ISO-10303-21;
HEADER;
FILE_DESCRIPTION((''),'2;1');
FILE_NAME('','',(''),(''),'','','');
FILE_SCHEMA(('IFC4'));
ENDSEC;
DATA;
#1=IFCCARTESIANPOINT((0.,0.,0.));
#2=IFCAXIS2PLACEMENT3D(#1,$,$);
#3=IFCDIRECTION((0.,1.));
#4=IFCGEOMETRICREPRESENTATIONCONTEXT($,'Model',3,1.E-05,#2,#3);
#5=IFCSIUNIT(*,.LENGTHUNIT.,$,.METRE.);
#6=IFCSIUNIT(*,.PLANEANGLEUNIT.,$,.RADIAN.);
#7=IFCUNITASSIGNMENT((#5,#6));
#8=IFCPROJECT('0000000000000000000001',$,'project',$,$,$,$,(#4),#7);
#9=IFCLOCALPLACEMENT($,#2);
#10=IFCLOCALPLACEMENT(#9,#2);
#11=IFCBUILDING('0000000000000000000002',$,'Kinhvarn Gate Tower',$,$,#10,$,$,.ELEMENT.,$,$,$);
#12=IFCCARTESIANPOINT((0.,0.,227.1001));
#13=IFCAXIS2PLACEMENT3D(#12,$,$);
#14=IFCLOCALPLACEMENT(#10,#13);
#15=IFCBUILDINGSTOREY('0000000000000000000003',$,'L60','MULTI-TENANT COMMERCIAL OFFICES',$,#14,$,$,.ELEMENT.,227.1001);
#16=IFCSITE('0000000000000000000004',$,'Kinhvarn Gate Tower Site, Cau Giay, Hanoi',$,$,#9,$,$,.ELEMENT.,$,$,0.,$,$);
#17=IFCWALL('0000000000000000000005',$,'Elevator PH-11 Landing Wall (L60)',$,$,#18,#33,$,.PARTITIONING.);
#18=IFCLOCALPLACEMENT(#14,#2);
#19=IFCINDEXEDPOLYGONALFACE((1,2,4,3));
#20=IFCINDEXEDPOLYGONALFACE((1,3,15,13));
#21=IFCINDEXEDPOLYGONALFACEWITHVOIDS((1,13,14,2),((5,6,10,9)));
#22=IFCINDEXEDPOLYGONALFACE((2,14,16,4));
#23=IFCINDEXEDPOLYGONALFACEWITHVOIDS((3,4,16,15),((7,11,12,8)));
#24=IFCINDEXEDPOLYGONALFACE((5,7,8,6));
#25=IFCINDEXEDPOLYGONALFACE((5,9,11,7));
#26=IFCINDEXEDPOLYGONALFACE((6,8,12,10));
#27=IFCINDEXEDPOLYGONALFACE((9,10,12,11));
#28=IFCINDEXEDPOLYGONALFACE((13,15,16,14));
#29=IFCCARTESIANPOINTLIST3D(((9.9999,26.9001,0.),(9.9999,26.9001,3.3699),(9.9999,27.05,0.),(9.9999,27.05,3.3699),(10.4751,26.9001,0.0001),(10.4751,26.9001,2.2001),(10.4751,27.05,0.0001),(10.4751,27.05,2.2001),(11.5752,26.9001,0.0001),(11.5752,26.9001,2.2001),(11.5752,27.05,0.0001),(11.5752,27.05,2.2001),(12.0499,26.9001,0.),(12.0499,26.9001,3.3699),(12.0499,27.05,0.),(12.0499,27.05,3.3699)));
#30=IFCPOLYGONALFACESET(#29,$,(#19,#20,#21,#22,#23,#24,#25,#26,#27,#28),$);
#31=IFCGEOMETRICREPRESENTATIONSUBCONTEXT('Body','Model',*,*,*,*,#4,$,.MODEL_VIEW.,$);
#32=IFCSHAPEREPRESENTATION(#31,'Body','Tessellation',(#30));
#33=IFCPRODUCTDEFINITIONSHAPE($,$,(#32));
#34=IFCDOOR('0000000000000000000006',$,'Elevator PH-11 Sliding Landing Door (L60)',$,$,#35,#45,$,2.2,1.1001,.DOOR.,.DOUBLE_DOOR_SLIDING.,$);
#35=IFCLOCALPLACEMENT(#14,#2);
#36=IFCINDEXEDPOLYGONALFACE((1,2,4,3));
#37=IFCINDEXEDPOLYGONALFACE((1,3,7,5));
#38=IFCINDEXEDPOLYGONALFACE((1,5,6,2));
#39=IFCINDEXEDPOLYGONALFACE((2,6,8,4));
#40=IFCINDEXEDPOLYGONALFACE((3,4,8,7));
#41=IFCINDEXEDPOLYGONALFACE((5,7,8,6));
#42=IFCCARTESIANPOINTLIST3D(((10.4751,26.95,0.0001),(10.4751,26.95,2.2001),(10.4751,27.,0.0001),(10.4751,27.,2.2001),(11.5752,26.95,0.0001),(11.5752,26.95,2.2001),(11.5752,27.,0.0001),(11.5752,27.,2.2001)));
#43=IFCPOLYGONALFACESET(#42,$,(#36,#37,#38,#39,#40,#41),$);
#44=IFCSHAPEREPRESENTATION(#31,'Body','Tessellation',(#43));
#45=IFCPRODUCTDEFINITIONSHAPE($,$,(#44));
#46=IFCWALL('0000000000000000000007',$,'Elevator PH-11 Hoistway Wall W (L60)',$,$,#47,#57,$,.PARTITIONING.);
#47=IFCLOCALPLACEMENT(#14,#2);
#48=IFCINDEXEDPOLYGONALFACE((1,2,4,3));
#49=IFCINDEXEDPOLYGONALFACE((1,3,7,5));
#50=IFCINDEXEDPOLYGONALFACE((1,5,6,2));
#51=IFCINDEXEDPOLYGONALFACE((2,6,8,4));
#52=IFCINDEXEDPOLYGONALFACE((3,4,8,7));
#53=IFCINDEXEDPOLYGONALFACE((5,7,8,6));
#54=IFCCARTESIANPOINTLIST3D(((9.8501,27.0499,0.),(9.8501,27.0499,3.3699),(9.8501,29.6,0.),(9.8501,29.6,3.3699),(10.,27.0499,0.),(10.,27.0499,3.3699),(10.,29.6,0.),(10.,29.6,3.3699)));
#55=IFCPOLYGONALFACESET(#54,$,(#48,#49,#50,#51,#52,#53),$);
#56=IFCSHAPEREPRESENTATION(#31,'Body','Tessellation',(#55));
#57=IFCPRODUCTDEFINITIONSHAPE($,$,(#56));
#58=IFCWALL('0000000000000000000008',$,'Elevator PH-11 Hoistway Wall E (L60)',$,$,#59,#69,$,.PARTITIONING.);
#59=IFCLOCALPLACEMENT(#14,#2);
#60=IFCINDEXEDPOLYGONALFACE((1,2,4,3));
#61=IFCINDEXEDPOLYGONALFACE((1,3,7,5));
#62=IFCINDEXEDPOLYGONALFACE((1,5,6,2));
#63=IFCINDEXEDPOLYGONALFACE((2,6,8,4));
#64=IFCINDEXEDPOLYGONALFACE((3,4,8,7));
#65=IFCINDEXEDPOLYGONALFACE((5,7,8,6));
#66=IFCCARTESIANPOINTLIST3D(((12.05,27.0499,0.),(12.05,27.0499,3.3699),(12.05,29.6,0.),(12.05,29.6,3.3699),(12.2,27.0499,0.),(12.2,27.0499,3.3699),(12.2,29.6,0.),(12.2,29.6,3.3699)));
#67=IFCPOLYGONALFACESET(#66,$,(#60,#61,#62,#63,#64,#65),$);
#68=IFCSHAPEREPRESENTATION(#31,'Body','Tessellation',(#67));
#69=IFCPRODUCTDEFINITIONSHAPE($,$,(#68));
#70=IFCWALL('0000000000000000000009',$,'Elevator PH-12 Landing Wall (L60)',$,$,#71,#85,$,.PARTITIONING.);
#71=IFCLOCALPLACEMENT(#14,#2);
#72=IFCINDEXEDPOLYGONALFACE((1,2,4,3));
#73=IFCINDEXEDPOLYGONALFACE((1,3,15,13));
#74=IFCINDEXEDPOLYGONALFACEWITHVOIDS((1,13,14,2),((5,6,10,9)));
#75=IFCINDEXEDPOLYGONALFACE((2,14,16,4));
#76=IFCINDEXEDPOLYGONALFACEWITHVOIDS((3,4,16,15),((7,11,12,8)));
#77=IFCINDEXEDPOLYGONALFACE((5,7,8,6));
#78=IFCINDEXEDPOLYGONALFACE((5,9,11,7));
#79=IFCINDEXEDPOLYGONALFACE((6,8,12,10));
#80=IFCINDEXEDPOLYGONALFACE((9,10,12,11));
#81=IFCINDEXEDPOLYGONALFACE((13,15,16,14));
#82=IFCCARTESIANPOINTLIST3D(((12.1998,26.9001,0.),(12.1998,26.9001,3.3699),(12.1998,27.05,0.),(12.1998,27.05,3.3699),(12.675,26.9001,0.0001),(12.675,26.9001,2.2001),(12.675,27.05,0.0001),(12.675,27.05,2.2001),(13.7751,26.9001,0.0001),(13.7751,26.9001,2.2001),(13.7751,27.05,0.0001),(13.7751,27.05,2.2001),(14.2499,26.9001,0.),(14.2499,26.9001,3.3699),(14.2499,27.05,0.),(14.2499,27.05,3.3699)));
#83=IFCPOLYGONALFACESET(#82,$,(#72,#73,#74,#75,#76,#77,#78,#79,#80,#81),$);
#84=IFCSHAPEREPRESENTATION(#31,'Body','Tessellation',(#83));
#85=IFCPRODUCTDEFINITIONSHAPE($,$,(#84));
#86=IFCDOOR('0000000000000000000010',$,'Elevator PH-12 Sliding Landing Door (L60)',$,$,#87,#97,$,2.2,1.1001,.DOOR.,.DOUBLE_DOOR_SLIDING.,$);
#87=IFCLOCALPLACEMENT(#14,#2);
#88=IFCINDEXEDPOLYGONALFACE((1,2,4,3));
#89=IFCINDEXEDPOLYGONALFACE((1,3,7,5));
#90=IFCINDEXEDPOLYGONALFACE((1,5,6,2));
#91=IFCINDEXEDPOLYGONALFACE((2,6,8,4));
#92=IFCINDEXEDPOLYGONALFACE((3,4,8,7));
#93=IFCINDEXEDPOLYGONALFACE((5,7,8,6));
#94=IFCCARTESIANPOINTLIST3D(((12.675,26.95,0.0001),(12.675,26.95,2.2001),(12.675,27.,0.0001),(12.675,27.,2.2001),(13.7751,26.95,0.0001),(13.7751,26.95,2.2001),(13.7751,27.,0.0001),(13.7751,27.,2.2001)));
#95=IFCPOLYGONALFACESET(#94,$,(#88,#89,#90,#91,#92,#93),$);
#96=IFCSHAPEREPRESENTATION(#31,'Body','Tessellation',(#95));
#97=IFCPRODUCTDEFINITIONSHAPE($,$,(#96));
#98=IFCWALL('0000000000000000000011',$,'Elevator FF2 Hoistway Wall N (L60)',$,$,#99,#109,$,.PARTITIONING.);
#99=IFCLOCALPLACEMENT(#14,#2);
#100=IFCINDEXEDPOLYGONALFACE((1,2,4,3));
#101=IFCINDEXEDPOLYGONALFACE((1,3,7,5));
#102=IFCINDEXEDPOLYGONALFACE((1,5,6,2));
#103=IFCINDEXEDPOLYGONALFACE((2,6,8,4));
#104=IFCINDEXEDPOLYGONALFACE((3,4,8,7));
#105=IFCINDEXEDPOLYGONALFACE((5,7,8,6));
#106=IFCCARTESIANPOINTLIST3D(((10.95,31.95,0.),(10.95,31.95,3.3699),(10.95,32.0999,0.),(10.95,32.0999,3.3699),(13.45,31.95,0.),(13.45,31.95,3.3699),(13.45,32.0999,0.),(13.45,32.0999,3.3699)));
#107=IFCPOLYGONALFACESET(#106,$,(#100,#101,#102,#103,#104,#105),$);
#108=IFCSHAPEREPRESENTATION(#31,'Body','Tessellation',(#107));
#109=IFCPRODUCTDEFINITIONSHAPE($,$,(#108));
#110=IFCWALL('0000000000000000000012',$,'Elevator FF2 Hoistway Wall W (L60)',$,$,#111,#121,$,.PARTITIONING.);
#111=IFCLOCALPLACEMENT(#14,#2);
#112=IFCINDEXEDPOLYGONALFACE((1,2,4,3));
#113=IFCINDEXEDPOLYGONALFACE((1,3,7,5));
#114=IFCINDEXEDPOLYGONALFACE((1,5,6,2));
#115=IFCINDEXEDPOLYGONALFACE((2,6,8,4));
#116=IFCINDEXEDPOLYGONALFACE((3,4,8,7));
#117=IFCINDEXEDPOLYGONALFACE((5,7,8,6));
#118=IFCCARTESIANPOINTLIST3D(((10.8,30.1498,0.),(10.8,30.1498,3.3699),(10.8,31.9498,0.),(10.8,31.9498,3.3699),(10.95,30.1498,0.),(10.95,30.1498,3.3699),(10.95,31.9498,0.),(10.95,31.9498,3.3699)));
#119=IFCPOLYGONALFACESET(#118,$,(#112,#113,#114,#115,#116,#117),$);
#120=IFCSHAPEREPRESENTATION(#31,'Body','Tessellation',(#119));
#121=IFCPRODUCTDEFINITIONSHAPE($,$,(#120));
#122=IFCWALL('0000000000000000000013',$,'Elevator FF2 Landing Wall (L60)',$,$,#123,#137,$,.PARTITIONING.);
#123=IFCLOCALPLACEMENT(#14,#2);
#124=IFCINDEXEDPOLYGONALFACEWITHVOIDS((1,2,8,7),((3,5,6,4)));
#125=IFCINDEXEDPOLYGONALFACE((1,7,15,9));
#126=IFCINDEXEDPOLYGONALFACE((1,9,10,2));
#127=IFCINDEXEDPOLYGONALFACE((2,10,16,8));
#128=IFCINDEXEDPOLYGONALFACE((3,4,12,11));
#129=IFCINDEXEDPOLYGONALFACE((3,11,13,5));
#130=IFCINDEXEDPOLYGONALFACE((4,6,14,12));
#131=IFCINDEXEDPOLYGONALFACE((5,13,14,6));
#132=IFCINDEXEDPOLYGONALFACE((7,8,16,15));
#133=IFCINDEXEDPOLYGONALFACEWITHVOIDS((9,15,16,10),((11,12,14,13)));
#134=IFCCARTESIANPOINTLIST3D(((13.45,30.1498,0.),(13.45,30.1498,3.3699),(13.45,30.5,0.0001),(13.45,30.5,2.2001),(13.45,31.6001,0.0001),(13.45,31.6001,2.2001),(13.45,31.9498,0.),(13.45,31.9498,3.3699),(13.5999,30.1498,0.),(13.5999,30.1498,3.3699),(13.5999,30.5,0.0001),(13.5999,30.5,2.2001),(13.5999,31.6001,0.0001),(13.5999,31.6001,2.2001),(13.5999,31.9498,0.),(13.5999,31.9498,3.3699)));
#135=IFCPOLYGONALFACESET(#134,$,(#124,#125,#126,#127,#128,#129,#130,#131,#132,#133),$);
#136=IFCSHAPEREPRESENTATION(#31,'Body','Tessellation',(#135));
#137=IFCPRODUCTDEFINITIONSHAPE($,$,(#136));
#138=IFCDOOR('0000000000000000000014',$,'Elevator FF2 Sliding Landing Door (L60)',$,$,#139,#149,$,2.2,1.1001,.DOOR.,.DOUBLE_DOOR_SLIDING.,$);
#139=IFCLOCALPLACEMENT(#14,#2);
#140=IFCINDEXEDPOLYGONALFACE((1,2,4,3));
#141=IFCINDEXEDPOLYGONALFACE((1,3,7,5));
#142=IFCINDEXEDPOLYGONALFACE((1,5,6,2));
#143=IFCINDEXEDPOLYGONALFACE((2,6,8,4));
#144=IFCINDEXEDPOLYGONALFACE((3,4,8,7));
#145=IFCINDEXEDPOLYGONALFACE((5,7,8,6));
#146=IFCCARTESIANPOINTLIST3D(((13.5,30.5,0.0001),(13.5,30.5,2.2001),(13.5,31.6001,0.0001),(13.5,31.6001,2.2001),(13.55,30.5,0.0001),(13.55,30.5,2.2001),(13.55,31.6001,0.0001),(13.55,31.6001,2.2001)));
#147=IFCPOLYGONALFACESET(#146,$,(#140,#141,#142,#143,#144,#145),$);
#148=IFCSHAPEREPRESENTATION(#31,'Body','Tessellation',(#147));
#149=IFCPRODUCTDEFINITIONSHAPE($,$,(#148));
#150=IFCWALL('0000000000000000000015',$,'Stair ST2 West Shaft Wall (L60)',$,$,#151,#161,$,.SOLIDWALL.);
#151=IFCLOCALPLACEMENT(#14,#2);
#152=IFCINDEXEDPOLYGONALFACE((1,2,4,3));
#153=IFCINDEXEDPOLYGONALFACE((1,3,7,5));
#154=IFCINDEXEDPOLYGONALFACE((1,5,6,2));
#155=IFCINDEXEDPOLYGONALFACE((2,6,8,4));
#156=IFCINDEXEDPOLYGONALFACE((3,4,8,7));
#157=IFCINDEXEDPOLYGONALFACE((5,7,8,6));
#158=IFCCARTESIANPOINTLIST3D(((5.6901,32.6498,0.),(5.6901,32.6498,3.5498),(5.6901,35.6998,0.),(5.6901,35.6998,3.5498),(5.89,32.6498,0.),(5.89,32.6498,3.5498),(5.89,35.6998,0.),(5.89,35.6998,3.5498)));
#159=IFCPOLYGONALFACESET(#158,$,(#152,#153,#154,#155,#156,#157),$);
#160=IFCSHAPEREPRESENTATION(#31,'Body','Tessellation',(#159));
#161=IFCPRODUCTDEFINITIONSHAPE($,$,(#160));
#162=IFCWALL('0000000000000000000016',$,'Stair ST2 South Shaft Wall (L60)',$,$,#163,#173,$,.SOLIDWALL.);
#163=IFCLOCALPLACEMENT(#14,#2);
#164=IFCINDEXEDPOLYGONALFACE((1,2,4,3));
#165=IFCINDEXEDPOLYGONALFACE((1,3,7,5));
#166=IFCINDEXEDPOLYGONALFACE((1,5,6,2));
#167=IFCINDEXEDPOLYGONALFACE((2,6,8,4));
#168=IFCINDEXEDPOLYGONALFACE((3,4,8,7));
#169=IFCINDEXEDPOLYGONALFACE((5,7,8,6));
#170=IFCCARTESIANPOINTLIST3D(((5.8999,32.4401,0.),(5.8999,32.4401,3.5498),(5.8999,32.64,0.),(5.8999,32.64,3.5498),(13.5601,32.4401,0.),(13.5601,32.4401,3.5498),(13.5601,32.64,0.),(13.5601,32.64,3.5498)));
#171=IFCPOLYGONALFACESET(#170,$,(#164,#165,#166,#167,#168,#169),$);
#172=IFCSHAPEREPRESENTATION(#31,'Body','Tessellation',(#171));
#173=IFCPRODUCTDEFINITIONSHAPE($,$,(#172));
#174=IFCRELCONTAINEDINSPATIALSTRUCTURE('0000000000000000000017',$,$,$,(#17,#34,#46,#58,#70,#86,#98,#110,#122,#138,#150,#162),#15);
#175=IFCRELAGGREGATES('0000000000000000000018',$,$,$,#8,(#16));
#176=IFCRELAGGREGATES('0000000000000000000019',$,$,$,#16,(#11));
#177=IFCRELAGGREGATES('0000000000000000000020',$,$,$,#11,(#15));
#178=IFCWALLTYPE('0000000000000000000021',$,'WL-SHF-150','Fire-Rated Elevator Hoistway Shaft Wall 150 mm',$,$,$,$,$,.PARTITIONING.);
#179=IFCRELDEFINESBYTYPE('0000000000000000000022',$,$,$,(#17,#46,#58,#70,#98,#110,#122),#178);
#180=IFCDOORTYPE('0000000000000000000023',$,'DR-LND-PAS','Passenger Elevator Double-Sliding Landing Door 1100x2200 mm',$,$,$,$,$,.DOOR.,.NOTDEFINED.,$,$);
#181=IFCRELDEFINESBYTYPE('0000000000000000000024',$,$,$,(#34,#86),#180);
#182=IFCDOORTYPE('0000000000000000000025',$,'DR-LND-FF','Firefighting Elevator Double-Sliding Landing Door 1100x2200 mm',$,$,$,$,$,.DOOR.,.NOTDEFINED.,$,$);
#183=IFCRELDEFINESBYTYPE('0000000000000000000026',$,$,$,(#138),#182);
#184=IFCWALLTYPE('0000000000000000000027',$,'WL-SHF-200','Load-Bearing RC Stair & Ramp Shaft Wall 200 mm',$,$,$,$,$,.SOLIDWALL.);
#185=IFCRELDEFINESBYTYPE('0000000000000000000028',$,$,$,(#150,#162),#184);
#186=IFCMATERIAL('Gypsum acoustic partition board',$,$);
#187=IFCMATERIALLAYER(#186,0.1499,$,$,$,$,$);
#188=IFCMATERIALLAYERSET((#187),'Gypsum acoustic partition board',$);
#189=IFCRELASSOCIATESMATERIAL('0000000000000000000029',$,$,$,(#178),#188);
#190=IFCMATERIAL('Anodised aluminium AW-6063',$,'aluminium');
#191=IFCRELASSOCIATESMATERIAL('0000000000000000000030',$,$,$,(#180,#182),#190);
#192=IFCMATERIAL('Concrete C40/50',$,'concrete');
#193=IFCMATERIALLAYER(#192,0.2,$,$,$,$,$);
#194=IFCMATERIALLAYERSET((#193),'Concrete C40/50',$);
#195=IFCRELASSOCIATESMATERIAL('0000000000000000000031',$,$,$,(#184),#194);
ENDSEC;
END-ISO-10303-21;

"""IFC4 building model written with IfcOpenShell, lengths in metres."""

from ifc_helpers import new_model, si_unit, direction, frame, frame_2d, origin, place, context, subcontext, project, spatial, rectangle, extrude, material, layer, layer_set, type_object, element, fill, save


model = new_model("IFC4")

# Units and contexts
model_context = context("Model", 3, precision=1e-05, world=origin(), true_north=direction((0.0, 1.0)))
body_context = subcontext(model_context, "Body", "Model", "MODEL_VIEW")
ifc_project = project(units=[si_unit("LENGTHUNIT", "METRE"), si_unit("PLANEANGLEUNIT", "RADIAN")], contexts=[model_context])

# Site, building, storey
site_placement = place(None, origin())
site = spatial("IfcSite", under=ifc_project, at=site_placement, Name="Kinhvarn Gate Tower Site, Cau Giay, Hanoi", CompositionType="ELEMENT", RefElevation=0.0)
building_placement = place(site_placement, origin())
building = spatial("IfcBuilding", under=site, at=building_placement, Name="Kinhvarn Gate Tower", CompositionType="ELEMENT")
storey_placement = place(building_placement, frame((0.0, 0.0, 227.1001)))
storey = spatial("IfcBuildingStorey", under=building, at=storey_placement, Name="L60", Description="MULTI-TENANT COMMERCIAL OFFICES", CompositionType="ELEMENT", Elevation=227.1001)

# Shared definitions
ifc_material_1 = material(Name="Gypsum acoustic partition board")

# Shared definitions
ifc_material_2 = material(Name="Anodised aluminium AW-6063", Category="aluminium")

# Wall, opening, door
ifc_layer_1 = layer(ifc_material_1, 0.1499)
ifc_layer_set_1 = layer_set([ifc_layer_1], Name="Gypsum acoustic partition board")
wall_type_1 = type_object("IfcWallType", Name="WL-SHF-150", Description="Fire-Rated Elevator Hoistway Shaft Wall 150 mm", PredefinedType="PARTITIONING", material=ifc_layer_set_1)
door_type_1 = type_object("IfcDoorType", Name="DR-LND-PAS", Description="Passenger Elevator Double-Sliding Landing Door 1100x2200 mm", OperationType="NOTDEFINED", PredefinedType="DOOR", material=ifc_material_2)
wall_1_placement = place(storey_placement, frame((10.0, 26.9751, 0.0), z_axis=(0.0, 0.0, 1.0), x_axis=(1.0, 0.0, 0.0)))
wall_1 = element("IfcWall", 1, at=wall_1_placement, inside=storey, type_object=wall_type_1, Name="Elevator PH-11 Landing Wall (L60)", PredefinedType="PARTITIONING", context=body_context, shape_type="SweptSolid", body=[
    extrude(rectangle(XDim=2.05, YDim=0.1499, at=frame_2d((1.0249, 0.0))), origin(), (0.0, 0.0, 1.0), 3.3699),
])
opening_1_placement = place(wall_1_placement, frame((0.4751, 0.0, 0.0)))
opening_1 = element("IfcOpeningElement", 2, at=opening_1_placement, cuts=wall_1, PredefinedType="OPENING", context=body_context, shape_type="SweptSolid", body=[
    extrude(rectangle(XDim=1.1001, YDim=2.2, at=frame_2d((0.55, 1.1001))), frame((0.0, 0.085, 0.0), z_axis=(0.0, -1.0, 0.0), x_axis=(1.0, 0.0, 0.0)), (0.0, 0.0, 1.0), 0.1699),
])
door_1_placement = place(opening_1_placement, origin())
door_1 = element("IfcDoor", 3, at=door_1_placement, inside=storey, type_object=door_type_1, Name="Elevator PH-11 Sliding Landing Door (L60)", OperationType="DOUBLE_DOOR_SLIDING", OverallHeight=2.2, OverallWidth=1.1001, PredefinedType="DOOR", context=body_context, shape_type="SweptSolid", body=[
    extrude(rectangle(XDim=1.1001, YDim=2.2, at=frame_2d((0.55, 1.1001))), frame((0.0, 0.0249, 0.0), z_axis=(0.0, -1.0, 0.0), x_axis=(1.0, 0.0, 0.0)), (0.0, 0.0, 1.0), 0.05),
])
fill(opening_1, door_1)

# Walls
for number, where, z_axis, x_axis, name in (
    (4, (9.925, 27.05, 0.0), (0.0, 0.0, 1.0), (0.0, 1.0, 0.0), "Elevator PH-11 Hoistway Wall W (L60)"),
    (5, (12.125, 27.05, 0.0), (0.0, 0.0, 1.0), (0.0, 1.0, 0.0), "Elevator PH-11 Hoistway Wall E (L60)"),
):
    element("IfcWall", number, at=place(storey_placement, frame(where, z_axis=z_axis, x_axis=x_axis)), inside=storey, type_object=wall_type_1, Name=name, PredefinedType="PARTITIONING", context=body_context, shape_type="SweptSolid", body=[
        extrude(rectangle(XDim=2.55, YDim=0.1499, at=frame_2d((1.2749, 0.0))), origin(), (0.0, 0.0, 1.0), 3.3699),
    ])

# Wall, opening, door
wall_2_placement = place(storey_placement, frame((12.2, 26.9751, 0.0), z_axis=(0.0, 0.0, 1.0), x_axis=(1.0, 0.0, 0.0)))
wall_2 = element("IfcWall", 6, at=wall_2_placement, inside=storey, type_object=wall_type_1, Name="Elevator PH-12 Landing Wall (L60)", PredefinedType="PARTITIONING", context=body_context, shape_type="SweptSolid", body=[
    extrude(rectangle(XDim=2.05, YDim=0.1499, at=frame_2d((1.0249, 0.0))), origin(), (0.0, 0.0, 1.0), 3.3699),
])
opening_2_placement = place(wall_2_placement, frame((0.4751, 0.0, 0.0)))
opening_2 = element("IfcOpeningElement", 7, at=opening_2_placement, cuts=wall_2, PredefinedType="OPENING", context=body_context, shape_type="SweptSolid", body=[
    extrude(rectangle(XDim=1.1001, YDim=2.2, at=frame_2d((0.55, 1.1001))), frame((0.0, 0.085, 0.0), z_axis=(0.0, -1.0, 0.0), x_axis=(1.0, 0.0, 0.0)), (0.0, 0.0, 1.0), 0.1699),
])
door_2_placement = place(opening_2_placement, origin())
door_2 = element("IfcDoor", 8, at=door_2_placement, inside=storey, type_object=door_type_1, Name="Elevator PH-12 Sliding Landing Door (L60)", OperationType="DOUBLE_DOOR_SLIDING", OverallHeight=2.2, OverallWidth=1.1001, PredefinedType="DOOR", context=body_context, shape_type="SweptSolid", body=[
    extrude(rectangle(XDim=1.1001, YDim=2.2, at=frame_2d((0.55, 1.1001))), frame((0.0, 0.0249, 0.0), z_axis=(0.0, -1.0, 0.0), x_axis=(1.0, 0.0, 0.0)), (0.0, 0.0, 1.0), 0.05),
])
fill(opening_2, door_2)

# Walls
wall_3_placement = place(storey_placement, frame((10.95, 32.0249, 0.0), z_axis=(0.0, 0.0, 1.0), x_axis=(1.0, 0.0, 0.0)))
element("IfcWall", 9, at=wall_3_placement, inside=storey, type_object=wall_type_1, Name="Elevator FF2 Hoistway Wall N (L60)", PredefinedType="PARTITIONING", context=body_context, shape_type="SweptSolid", body=[
    extrude(rectangle(XDim=2.5, YDim=0.1499, at=frame_2d((1.25, 0.0))), origin(), (0.0, 0.0, 1.0), 3.3699),
])
wall_4_placement = place(storey_placement, frame((10.875, 30.1499, 0.0), z_axis=(0.0, 0.0, 1.0), x_axis=(0.0, 1.0, 0.0)))
element("IfcWall", 10, at=wall_4_placement, inside=storey, type_object=wall_type_1, Name="Elevator FF2 Hoistway Wall W (L60)", PredefinedType="PARTITIONING", context=body_context, shape_type="SweptSolid", body=[
    extrude(rectangle(XDim=1.8, YDim=0.1499, at=frame_2d((0.8999, 0.0))), origin(), (0.0, 0.0, 1.0), 3.3699),
])

# Wall, opening, door
wall_5_placement = place(storey_placement, frame((13.5249, 30.1499, 0.0), z_axis=(0.0, 0.0, 1.0), x_axis=(0.0, 1.0, 0.0)))
wall_5 = element("IfcWall", 11, at=wall_5_placement, inside=storey, type_object=wall_type_1, Name="Elevator FF2 Landing Wall (L60)", PredefinedType="PARTITIONING", context=body_context, shape_type="SweptSolid", body=[
    extrude(rectangle(XDim=1.8, YDim=0.1499, at=frame_2d((0.8999, 0.0))), origin(), (0.0, 0.0, 1.0), 3.3699),
])
opening_3_placement = place(wall_5_placement, frame((0.3501, 0.0, 0.0)))
opening_3 = element("IfcOpeningElement", 12, at=opening_3_placement, cuts=wall_5, PredefinedType="OPENING", context=body_context, shape_type="SweptSolid", body=[
    extrude(rectangle(XDim=1.1001, YDim=2.2, at=frame_2d((0.55, 1.1001))), frame((0.0, 0.085, 0.0), z_axis=(0.0, -1.0, 0.0), x_axis=(1.0, 0.0, 0.0)), (0.0, 0.0, 1.0), 0.1699),
])
door_type_2 = type_object("IfcDoorType", Name="DR-LND-FF", Description="Firefighting Elevator Double-Sliding Landing Door 1100x2200 mm", OperationType="NOTDEFINED", PredefinedType="DOOR", material=ifc_material_2)
door_3_placement = place(opening_3_placement, origin())
door_3 = element("IfcDoor", 13, at=door_3_placement, inside=storey, type_object=door_type_2, Name="Elevator FF2 Sliding Landing Door (L60)", OperationType="DOUBLE_DOOR_SLIDING", OverallHeight=2.2, OverallWidth=1.1001, PredefinedType="DOOR", context=body_context, shape_type="SweptSolid", body=[
    extrude(rectangle(XDim=1.1001, YDim=2.2, at=frame_2d((0.55, 1.1001))), frame((0.0, 0.0249, 0.0), z_axis=(0.0, -1.0, 0.0), x_axis=(1.0, 0.0, 0.0)), (0.0, 0.0, 1.0), 0.05),
])
fill(opening_3, door_3)

# Walls
ifc_material_3 = material(Name="Concrete C40/50", Category="concrete")
ifc_layer_2 = layer(ifc_material_3, 0.2)
ifc_layer_set_2 = layer_set([ifc_layer_2], Name="Concrete C40/50")
wall_type_2 = type_object("IfcWallType", Name="WL-SHF-200", Description="Load-Bearing RC Stair & Ramp Shaft Wall 200 mm", PredefinedType="SOLIDWALL", material=ifc_layer_set_2)
wall_6_placement = place(storey_placement, frame((5.79, 32.6499, 0.0), z_axis=(0.0, 0.0, 1.0), x_axis=(0.0, 1.0, 0.0)))
element("IfcWall", 14, at=wall_6_placement, inside=storey, type_object=wall_type_2, Name="Stair ST2 West Shaft Wall (L60)", PredefinedType="SOLIDWALL", context=body_context, shape_type="SweptSolid", body=[
    extrude(rectangle(XDim=3.05, YDim=0.2, at=frame_2d((1.5249, 0.0))), origin(), (0.0, 0.0, 1.0), 3.5498),
])
wall_7_placement = place(storey_placement, frame((5.8999, 32.54, 0.0), z_axis=(0.0, 0.0, 1.0), x_axis=(1.0, 0.0, 0.0)))
element("IfcWall", 15, at=wall_7_placement, inside=storey, type_object=wall_type_2, Name="Stair ST2 South Shaft Wall (L60)", PredefinedType="SOLIDWALL", context=body_context, shape_type="SweptSolid", body=[
    extrude(rectangle(XDim=7.6602, YDim=0.2, at=frame_2d((3.8301, 0.0))), origin(), (0.0, 0.0, 1.0), 3.5498),
])

save(model, "model.ifc")
